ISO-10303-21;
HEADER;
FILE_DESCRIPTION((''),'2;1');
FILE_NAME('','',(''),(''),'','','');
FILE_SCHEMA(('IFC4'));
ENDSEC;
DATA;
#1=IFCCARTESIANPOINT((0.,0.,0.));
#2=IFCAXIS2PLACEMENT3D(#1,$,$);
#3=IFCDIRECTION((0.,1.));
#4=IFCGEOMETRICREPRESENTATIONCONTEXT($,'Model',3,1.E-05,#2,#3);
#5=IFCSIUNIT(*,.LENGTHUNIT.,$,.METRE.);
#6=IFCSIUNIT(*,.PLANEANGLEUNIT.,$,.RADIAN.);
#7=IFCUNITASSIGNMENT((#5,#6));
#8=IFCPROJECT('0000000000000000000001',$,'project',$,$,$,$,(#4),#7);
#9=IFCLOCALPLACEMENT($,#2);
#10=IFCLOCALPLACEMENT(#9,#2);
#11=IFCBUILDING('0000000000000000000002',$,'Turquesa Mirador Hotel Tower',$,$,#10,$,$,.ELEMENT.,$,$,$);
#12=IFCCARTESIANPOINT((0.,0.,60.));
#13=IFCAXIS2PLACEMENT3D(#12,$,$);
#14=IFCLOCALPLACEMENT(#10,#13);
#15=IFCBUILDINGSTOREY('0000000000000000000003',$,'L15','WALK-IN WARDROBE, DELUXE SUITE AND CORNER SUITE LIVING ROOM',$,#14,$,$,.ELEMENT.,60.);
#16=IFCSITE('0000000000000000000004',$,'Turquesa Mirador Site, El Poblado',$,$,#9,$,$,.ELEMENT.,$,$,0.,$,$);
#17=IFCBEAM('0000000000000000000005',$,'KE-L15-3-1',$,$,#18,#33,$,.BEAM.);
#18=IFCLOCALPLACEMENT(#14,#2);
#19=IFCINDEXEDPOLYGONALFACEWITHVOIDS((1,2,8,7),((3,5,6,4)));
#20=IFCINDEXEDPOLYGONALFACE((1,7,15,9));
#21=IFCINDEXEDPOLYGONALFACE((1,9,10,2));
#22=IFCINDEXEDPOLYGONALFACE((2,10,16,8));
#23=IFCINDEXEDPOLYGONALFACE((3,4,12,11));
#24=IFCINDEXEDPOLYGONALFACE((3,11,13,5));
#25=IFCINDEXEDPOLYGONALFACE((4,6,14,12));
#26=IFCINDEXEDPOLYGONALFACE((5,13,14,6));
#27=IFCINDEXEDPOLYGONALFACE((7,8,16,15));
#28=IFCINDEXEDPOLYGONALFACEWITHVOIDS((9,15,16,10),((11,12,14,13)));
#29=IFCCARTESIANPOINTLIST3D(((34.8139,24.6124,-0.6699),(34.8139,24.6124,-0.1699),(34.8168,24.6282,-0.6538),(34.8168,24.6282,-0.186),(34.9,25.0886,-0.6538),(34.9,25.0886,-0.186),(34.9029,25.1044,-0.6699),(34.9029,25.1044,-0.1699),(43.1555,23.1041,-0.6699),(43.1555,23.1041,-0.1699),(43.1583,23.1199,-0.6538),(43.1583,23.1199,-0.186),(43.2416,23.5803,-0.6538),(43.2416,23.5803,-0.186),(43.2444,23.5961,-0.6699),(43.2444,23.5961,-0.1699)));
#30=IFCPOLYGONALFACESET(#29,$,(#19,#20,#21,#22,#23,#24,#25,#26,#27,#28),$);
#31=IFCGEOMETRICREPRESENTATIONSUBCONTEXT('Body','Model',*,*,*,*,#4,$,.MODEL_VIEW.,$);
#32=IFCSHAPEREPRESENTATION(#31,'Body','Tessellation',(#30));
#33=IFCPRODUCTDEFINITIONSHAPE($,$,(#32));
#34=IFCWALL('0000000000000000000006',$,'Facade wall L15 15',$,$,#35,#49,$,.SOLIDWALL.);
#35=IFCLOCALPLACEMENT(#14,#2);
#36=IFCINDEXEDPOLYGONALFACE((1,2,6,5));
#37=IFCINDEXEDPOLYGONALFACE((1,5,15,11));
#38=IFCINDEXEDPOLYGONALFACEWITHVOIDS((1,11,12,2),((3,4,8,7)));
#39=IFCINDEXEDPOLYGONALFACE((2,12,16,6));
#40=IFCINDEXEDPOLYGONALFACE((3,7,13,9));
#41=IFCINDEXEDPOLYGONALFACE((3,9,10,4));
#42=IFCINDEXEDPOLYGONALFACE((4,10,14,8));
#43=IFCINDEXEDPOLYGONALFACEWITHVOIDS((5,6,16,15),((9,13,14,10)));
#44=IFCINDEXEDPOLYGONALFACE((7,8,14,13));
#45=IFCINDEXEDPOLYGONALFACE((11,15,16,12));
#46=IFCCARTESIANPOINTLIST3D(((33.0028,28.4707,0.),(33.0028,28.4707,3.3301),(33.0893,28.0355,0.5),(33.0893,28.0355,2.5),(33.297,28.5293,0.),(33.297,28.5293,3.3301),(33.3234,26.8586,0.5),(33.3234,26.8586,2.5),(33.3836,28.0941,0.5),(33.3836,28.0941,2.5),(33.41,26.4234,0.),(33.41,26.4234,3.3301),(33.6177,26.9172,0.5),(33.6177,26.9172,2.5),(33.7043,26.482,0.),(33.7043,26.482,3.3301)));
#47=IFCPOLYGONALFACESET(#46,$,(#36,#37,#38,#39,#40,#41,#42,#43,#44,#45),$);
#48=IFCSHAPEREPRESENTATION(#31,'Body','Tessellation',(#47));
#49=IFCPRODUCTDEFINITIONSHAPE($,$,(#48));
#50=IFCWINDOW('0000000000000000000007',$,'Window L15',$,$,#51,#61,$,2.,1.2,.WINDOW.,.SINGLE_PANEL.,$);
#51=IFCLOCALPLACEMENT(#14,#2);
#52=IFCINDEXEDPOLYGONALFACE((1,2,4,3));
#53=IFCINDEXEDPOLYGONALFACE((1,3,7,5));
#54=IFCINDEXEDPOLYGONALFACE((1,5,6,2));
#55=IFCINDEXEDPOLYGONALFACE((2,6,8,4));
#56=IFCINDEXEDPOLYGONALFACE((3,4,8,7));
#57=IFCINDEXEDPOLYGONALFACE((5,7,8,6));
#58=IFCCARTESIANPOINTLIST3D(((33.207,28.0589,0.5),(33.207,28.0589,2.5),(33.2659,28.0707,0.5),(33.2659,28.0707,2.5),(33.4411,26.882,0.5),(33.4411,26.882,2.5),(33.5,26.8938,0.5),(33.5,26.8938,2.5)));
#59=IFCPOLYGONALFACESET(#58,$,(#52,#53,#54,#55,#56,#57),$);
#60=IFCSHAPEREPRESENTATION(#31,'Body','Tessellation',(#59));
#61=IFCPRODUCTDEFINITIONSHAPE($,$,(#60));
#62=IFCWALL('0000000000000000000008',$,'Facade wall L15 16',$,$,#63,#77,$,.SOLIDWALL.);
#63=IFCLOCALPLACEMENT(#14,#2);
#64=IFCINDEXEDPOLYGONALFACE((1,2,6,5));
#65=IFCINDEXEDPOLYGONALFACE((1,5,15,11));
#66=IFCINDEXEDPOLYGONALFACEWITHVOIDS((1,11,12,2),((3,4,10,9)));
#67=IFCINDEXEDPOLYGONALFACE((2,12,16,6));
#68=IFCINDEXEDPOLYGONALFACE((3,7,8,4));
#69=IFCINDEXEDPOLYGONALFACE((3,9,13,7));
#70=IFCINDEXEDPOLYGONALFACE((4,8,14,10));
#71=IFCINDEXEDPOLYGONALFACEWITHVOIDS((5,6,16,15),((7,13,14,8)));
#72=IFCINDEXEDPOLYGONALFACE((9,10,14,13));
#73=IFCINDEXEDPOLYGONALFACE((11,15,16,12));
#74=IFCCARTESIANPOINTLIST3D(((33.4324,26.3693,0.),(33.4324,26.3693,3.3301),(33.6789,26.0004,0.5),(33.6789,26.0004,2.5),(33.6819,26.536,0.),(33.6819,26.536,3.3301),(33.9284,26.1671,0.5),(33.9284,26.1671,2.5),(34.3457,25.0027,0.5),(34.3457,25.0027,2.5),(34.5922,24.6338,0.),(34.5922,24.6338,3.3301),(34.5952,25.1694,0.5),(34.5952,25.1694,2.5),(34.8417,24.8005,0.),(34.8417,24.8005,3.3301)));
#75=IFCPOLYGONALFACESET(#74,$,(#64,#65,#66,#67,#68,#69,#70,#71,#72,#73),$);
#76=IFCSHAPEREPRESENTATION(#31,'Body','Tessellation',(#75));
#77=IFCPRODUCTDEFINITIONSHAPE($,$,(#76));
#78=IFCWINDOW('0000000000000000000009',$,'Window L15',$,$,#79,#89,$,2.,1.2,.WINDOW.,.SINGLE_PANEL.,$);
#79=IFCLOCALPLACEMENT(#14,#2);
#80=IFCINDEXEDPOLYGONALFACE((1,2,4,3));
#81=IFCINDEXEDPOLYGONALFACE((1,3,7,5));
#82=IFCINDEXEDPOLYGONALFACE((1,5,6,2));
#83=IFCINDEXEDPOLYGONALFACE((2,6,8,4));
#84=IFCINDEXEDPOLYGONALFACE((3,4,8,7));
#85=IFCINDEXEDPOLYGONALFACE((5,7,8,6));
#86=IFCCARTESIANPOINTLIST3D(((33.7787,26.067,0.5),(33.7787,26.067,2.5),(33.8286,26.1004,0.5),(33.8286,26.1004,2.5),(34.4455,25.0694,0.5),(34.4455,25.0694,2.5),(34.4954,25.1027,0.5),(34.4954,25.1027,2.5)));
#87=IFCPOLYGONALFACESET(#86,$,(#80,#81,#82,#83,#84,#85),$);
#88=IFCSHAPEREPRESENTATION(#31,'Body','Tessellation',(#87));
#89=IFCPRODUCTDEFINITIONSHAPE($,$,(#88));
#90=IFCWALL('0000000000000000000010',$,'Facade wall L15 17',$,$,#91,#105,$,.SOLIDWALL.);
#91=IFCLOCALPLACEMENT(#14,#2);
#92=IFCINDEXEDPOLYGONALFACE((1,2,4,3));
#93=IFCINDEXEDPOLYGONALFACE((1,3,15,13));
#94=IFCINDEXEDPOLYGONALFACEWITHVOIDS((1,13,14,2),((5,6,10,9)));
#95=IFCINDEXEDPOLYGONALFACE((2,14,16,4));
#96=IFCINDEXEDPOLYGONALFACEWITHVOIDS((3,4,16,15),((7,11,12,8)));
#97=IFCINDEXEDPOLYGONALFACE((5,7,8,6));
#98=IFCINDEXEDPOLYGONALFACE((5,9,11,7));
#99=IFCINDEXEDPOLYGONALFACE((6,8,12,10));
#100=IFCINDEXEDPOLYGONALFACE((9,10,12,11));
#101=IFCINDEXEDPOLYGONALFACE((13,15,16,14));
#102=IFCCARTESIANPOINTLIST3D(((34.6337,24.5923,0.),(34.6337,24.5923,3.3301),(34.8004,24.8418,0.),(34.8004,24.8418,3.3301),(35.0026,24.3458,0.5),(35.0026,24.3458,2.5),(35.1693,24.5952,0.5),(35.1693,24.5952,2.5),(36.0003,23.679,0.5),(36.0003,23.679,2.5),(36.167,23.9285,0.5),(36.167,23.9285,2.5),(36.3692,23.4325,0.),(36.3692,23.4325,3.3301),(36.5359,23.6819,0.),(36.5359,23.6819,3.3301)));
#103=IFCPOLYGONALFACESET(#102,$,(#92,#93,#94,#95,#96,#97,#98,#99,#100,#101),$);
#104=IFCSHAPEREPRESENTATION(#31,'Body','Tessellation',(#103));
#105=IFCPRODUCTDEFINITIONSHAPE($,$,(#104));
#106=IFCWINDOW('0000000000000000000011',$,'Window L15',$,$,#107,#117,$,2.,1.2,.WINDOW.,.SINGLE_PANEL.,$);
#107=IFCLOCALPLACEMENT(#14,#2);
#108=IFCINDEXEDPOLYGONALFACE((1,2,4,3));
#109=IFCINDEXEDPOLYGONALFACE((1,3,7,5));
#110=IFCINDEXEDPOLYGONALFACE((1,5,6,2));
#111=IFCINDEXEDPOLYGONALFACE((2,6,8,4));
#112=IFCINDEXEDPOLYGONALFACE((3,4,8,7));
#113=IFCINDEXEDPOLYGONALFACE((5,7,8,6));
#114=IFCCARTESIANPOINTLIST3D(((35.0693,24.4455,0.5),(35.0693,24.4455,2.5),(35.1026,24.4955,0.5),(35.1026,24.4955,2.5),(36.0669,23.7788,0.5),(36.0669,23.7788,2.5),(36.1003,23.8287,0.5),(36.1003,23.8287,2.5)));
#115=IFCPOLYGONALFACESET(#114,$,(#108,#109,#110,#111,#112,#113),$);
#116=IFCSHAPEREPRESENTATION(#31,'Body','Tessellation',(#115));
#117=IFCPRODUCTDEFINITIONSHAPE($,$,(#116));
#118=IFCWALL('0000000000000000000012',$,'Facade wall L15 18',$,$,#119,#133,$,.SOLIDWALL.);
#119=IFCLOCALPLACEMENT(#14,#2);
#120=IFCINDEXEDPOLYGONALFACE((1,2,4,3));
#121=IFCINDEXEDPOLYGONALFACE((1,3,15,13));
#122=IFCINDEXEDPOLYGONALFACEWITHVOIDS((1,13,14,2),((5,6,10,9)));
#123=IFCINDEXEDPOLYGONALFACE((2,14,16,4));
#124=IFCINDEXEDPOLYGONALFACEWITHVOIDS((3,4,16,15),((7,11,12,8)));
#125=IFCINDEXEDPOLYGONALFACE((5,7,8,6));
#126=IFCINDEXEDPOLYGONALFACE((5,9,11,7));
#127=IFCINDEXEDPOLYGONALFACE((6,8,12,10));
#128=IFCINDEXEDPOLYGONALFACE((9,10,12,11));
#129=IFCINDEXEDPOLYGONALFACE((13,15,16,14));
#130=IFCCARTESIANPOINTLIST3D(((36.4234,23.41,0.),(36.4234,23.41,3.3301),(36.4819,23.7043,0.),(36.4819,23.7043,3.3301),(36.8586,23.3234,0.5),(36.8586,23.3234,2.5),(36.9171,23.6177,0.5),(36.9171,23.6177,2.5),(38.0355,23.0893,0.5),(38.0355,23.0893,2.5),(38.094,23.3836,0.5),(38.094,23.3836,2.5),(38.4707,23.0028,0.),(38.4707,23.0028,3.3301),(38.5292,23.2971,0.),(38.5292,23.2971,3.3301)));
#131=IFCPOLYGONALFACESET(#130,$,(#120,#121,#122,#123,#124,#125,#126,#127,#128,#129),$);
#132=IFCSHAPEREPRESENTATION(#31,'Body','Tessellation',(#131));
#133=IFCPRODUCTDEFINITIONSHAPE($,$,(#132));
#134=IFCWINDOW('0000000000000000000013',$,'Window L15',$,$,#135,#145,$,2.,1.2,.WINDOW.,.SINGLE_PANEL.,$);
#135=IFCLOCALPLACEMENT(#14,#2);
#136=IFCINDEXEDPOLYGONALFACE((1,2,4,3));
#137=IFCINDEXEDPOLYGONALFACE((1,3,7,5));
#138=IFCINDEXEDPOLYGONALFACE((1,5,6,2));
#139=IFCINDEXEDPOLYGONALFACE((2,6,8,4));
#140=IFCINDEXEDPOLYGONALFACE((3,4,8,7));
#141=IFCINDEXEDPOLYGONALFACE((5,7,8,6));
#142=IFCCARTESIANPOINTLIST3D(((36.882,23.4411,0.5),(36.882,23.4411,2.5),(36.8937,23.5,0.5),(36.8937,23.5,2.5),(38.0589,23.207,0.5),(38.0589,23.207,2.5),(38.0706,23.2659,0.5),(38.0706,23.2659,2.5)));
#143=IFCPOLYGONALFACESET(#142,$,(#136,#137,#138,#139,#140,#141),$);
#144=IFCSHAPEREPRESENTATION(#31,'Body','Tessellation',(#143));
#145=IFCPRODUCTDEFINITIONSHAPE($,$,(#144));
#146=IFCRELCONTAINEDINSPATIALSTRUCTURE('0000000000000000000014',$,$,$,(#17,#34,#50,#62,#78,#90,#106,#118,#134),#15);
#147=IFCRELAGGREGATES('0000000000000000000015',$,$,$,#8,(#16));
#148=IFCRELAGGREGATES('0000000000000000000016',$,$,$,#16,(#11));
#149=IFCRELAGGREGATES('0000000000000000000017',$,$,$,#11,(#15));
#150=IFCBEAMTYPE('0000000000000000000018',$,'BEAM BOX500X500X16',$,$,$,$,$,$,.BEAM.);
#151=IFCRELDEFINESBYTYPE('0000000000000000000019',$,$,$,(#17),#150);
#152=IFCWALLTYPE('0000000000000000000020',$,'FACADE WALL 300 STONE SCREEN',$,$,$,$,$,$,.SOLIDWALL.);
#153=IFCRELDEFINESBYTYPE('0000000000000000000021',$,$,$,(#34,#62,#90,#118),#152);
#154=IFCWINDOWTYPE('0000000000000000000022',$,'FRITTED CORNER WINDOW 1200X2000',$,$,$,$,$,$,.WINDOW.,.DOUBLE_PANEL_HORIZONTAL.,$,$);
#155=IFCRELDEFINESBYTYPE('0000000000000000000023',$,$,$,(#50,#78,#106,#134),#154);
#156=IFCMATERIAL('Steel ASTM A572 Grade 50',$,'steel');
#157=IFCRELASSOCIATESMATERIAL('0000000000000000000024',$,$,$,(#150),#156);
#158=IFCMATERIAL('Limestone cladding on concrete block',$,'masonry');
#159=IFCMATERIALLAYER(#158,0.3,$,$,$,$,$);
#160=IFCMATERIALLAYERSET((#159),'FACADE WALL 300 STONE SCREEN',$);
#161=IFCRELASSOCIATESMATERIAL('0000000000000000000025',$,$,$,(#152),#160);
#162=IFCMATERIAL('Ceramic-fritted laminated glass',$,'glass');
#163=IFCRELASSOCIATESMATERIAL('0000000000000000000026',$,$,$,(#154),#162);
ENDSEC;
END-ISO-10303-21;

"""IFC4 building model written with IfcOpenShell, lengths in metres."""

from ifc_helpers import new_model, si_unit, direction, frame, frame_2d, origin, origin_2d, place, context, subcontext, project, spatial, rectangle, hollow_rectangle, extrude, material, layer, layer_set, material_profile, profile_set, type_object, element, fill, save


model = new_model("IFC4")

# Units and contexts
model_context = context("Model", 3, precision=1e-05, world=origin(), true_north=direction((0.0, 1.0)))
body_context = subcontext(model_context, "Body", "Model", "MODEL_VIEW")
ifc_project = project(units=[si_unit("LENGTHUNIT", "METRE"), si_unit("PLANEANGLEUNIT", "RADIAN")], contexts=[model_context])

# Site, building, storey
site_placement = place(None, origin())
site = spatial("IfcSite", under=ifc_project, at=site_placement, Name="Turquesa Mirador Site, El Poblado", CompositionType="ELEMENT", RefElevation=0.0)
building_placement = place(site_placement, origin())
building = spatial("IfcBuilding", under=site, at=building_placement, Name="Turquesa Mirador Hotel Tower", CompositionType="ELEMENT")
storey_placement = place(building_placement, frame((0.0, 0.0, 60.0)))
storey = spatial("IfcBuildingStorey", under=building, at=storey_placement, Name="L15", Description="WALK-IN WARDROBE, DELUXE SUITE AND CORNER SUITE LIVING ROOM", CompositionType="ELEMENT", Elevation=60.0)

# Beam
ifc_material_1 = material(Name="Steel ASTM A572 Grade 50", Category="steel")
ifc_material_profile = material_profile(ifc_material_1, hollow_rectangle(XDim=0.5, YDim=0.5, WallThickness=0.0161, at=origin_2d()), Name="BOX500X500X16")
ifc_profile_set = profile_set([ifc_material_profile], Name="Steel ASTM A572 Grade 50")
beam_type = type_object("IfcBeamType", Name="BEAM BOX500X500X16", PredefinedType="BEAM", material=ifc_profile_set)
beam_placement = place(storey_placement, frame((34.8584, 24.8584, -0.4199), z_axis=(0.984043, -0.177932, 0.0), x_axis=(0.177932, 0.984043, 0.0)))
element("IfcBeam", 1, at=beam_placement, inside=storey, type_object=beam_type, Name="KE-L15-3-1", PredefinedType="BEAM", context=body_context, shape_type="SweptSolid", body=[
    extrude(hollow_rectangle(XDim=0.5, YDim=0.5, WallThickness=0.0161, at=origin_2d()), origin(), (0.0, 0.0, 1.0), 8.4768),
])

# Walls, openings, windows
ifc_material_2 = material(Name="Limestone cladding on concrete block", Category="masonry")
ifc_layer_1 = layer(ifc_material_2, 0.3)
ifc_layer_set_1 = layer_set([ifc_layer_1], Name="FACADE WALL 300 STONE SCREEN")
wall_type_1 = type_object("IfcWallType", Name="FACADE WALL 300 STONE SCREEN", PredefinedType="SOLIDWALL", material=ifc_layer_set_1)
wall_1_placement = place(storey_placement, frame((33.1499, 28.5, 0.0), z_axis=(0.0, 0.0, 1.0), x_axis=(0.195081, -0.980787, 0.0)))
wall_1 = element("IfcWall", 2, at=wall_1_placement, inside=storey, type_object=wall_type_1, Name="Facade wall L15 15", PredefinedType="SOLIDWALL", context=body_context, shape_type="SweptSolid", body=[
    extrude(rectangle(XDim=2.0874, YDim=0.3, at=frame_2d((1.0437, 0.0))), origin(), (0.0, 0.0, 1.0), 3.3301),
])
opening_1_placement = place(wall_1_placement, frame((0.4436, 0.0, 0.5)))
opening_1 = element("IfcOpeningElement", 3, at=opening_1_placement, cuts=wall_1, PredefinedType="OPENING", context=body_context, shape_type="SweptSolid", body=[
    extrude(rectangle(XDim=1.2, YDim=2.0, at=frame_2d((0.6001, 1.0))), frame((0.0, 0.1599, 0.0), z_axis=(0.0, -1.0, 0.0), x_axis=(1.0, 0.0, 0.0)), (0.0, 0.0, 1.0), 0.3201),
])
ifc_material_3 = material(Name="Ceramic-fritted laminated glass", Category="glass")
window_type_1 = type_object("IfcWindowType", Name="FRITTED CORNER WINDOW 1200X2000", PartitioningType="DOUBLE_PANEL_HORIZONTAL", PredefinedType="WINDOW", material=ifc_material_3)
window_1_placement = place(opening_1_placement, origin())
window_1 = element("IfcWindow", 4, at=window_1_placement, inside=storey, type_object=window_type_1, Name="Window L15", OverallHeight=2.0, OverallWidth=1.2, PartitioningType="SINGLE_PANEL", PredefinedType="WINDOW", context=body_context, shape_type="SweptSolid", body=[
    extrude(rectangle(XDim=1.2, YDim=2.0, at=frame_2d((0.6001, 1.0))), frame((0.0, 0.03, 0.0), z_axis=(0.0, -1.0, 0.0), x_axis=(1.0, 0.0, 0.0)), (0.0, 0.0, 1.0), 0.0601),
])
fill(opening_1, window_1)
wall_2_placement = place(storey_placement, frame((33.5571, 26.4526, 0.0), z_axis=(0.0, 0.0, 1.0), x_axis=(0.555644, -0.83142, 0.0)))
wall_2 = element("IfcWall", 5, at=wall_2_placement, inside=storey, type_object=wall_type_1, Name="Facade wall L15 16", PredefinedType="SOLIDWALL", context=body_context, shape_type="SweptSolid", body=[
    extrude(rectangle(XDim=2.0874, YDim=0.3, at=frame_2d((1.0437, 0.0))), origin(), (0.0, 0.0, 1.0), 3.3301),
])
opening_2_placement = place(wall_2_placement, frame((0.4436, 0.0, 0.5)))
opening_2 = element("IfcOpeningElement", 6, at=opening_2_placement, cuts=wall_2, PredefinedType="OPENING", context=body_context, shape_type="SweptSolid", body=[
    extrude(rectangle(XDim=1.2, YDim=2.0, at=frame_2d((0.6001, 1.0))), frame((0.0, 0.1599, 0.0), z_axis=(0.0, -1.0, 0.0), x_axis=(1.0, 0.0, 0.0)), (0.0, 0.0, 1.0), 0.3201),
])
window_2_placement = place(opening_2_placement, origin())
window_2 = element("IfcWindow", 7, at=window_2_placement, inside=storey, type_object=window_type_1, Name="Window L15", OverallHeight=2.0, OverallWidth=1.2, PartitioningType="SINGLE_PANEL", PredefinedType="WINDOW", context=body_context, shape_type="SweptSolid", body=[
    extrude(rectangle(XDim=1.2, YDim=2.0, at=frame_2d((0.6001, 1.0))), frame((0.0, 0.03, 0.0), z_axis=(0.0, -1.0, 0.0), x_axis=(1.0, 0.0, 0.0)), (0.0, 0.0, 1.0), 0.0601),
])
fill(opening_2, window_2)
wall_3_placement = place(storey_placement, frame((34.717, 24.717, 0.0), z_axis=(0.0, 0.0, 1.0), x_axis=(0.83142, -0.555644, 0.0)))
wall_3 = element("IfcWall", 8, at=wall_3_placement, inside=storey, type_object=wall_type_1, Name="Facade wall L15 17", PredefinedType="SOLIDWALL", context=body_context, shape_type="SweptSolid", body=[
    extrude(rectangle(XDim=2.0874, YDim=0.3, at=frame_2d((1.0437, 0.0))), origin(), (0.0, 0.0, 1.0), 3.3301),
])
opening_3_placement = place(wall_3_placement, frame((0.4436, 0.0, 0.5)))
opening_3 = element("IfcOpeningElement", 9, at=opening_3_placement, cuts=wall_3, PredefinedType="OPENING", context=body_context, shape_type="SweptSolid", body=[
    extrude(rectangle(XDim=1.2, YDim=2.0, at=frame_2d((0.6001, 1.0))), frame((0.0, 0.1599, 0.0), z_axis=(0.0, -1.0, 0.0), x_axis=(1.0, 0.0, 0.0)), (0.0, 0.0, 1.0), 0.3201),
])
window_3_placement = place(opening_3_placement, origin())
window_3 = element("IfcWindow", 10, at=window_3_placement, inside=storey, type_object=window_type_1, Name="Window L15", OverallHeight=2.0, OverallWidth=1.2, PartitioningType="SINGLE_PANEL", PredefinedType="WINDOW", context=body_context, shape_type="SweptSolid", body=[
    extrude(rectangle(XDim=1.2, YDim=2.0, at=frame_2d((0.6001, 1.0))), frame((0.0, 0.03, 0.0), z_axis=(0.0, -1.0, 0.0), x_axis=(1.0, 0.0, 0.0)), (0.0, 0.0, 1.0), 0.0601),
])
fill(opening_3, window_3)
wall_4_placement = place(storey_placement, frame((36.4526, 23.5571, 0.0), z_axis=(0.0, 0.0, 1.0), x_axis=(0.980787, -0.195081, 0.0)))
wall_4 = element("IfcWall", 11, at=wall_4_placement, inside=storey, type_object=wall_type_1, Name="Facade wall L15 18", PredefinedType="SOLIDWALL", context=body_context, shape_type="SweptSolid", body=[
    extrude(rectangle(XDim=2.0874, YDim=0.3, at=frame_2d((1.0437, 0.0))), origin(), (0.0, 0.0, 1.0), 3.3301),
])
opening_4_placement = place(wall_4_placement, frame((0.4436, 0.0, 0.5)))
opening_4 = element("IfcOpeningElement", 12, at=opening_4_placement, cuts=wall_4, PredefinedType="OPENING", context=body_context, shape_type="SweptSolid", body=[
    extrude(rectangle(XDim=1.2, YDim=2.0, at=frame_2d((0.6001, 1.0))), frame((0.0, 0.1599, 0.0), z_axis=(0.0, -1.0, 0.0), x_axis=(1.0, 0.0, 0.0)), (0.0, 0.0, 1.0), 0.3201),
])
window_4_placement = place(opening_4_placement, origin())
window_4 = element("IfcWindow", 13, at=window_4_placement, inside=storey, type_object=window_type_1, Name="Window L15", OverallHeight=2.0, OverallWidth=1.2, PartitioningType="SINGLE_PANEL", PredefinedType="WINDOW", context=body_context, shape_type="SweptSolid", body=[
    extrude(rectangle(XDim=1.2, YDim=2.0, at=frame_2d((0.6001, 1.0))), frame((0.0, 0.03, 0.0), z_axis=(0.0, -1.0, 0.0), x_axis=(1.0, 0.0, 0.0)), (0.0, 0.0, 1.0), 0.0601),
])
fill(opening_4, window_4)

save(model, "model.ifc")
